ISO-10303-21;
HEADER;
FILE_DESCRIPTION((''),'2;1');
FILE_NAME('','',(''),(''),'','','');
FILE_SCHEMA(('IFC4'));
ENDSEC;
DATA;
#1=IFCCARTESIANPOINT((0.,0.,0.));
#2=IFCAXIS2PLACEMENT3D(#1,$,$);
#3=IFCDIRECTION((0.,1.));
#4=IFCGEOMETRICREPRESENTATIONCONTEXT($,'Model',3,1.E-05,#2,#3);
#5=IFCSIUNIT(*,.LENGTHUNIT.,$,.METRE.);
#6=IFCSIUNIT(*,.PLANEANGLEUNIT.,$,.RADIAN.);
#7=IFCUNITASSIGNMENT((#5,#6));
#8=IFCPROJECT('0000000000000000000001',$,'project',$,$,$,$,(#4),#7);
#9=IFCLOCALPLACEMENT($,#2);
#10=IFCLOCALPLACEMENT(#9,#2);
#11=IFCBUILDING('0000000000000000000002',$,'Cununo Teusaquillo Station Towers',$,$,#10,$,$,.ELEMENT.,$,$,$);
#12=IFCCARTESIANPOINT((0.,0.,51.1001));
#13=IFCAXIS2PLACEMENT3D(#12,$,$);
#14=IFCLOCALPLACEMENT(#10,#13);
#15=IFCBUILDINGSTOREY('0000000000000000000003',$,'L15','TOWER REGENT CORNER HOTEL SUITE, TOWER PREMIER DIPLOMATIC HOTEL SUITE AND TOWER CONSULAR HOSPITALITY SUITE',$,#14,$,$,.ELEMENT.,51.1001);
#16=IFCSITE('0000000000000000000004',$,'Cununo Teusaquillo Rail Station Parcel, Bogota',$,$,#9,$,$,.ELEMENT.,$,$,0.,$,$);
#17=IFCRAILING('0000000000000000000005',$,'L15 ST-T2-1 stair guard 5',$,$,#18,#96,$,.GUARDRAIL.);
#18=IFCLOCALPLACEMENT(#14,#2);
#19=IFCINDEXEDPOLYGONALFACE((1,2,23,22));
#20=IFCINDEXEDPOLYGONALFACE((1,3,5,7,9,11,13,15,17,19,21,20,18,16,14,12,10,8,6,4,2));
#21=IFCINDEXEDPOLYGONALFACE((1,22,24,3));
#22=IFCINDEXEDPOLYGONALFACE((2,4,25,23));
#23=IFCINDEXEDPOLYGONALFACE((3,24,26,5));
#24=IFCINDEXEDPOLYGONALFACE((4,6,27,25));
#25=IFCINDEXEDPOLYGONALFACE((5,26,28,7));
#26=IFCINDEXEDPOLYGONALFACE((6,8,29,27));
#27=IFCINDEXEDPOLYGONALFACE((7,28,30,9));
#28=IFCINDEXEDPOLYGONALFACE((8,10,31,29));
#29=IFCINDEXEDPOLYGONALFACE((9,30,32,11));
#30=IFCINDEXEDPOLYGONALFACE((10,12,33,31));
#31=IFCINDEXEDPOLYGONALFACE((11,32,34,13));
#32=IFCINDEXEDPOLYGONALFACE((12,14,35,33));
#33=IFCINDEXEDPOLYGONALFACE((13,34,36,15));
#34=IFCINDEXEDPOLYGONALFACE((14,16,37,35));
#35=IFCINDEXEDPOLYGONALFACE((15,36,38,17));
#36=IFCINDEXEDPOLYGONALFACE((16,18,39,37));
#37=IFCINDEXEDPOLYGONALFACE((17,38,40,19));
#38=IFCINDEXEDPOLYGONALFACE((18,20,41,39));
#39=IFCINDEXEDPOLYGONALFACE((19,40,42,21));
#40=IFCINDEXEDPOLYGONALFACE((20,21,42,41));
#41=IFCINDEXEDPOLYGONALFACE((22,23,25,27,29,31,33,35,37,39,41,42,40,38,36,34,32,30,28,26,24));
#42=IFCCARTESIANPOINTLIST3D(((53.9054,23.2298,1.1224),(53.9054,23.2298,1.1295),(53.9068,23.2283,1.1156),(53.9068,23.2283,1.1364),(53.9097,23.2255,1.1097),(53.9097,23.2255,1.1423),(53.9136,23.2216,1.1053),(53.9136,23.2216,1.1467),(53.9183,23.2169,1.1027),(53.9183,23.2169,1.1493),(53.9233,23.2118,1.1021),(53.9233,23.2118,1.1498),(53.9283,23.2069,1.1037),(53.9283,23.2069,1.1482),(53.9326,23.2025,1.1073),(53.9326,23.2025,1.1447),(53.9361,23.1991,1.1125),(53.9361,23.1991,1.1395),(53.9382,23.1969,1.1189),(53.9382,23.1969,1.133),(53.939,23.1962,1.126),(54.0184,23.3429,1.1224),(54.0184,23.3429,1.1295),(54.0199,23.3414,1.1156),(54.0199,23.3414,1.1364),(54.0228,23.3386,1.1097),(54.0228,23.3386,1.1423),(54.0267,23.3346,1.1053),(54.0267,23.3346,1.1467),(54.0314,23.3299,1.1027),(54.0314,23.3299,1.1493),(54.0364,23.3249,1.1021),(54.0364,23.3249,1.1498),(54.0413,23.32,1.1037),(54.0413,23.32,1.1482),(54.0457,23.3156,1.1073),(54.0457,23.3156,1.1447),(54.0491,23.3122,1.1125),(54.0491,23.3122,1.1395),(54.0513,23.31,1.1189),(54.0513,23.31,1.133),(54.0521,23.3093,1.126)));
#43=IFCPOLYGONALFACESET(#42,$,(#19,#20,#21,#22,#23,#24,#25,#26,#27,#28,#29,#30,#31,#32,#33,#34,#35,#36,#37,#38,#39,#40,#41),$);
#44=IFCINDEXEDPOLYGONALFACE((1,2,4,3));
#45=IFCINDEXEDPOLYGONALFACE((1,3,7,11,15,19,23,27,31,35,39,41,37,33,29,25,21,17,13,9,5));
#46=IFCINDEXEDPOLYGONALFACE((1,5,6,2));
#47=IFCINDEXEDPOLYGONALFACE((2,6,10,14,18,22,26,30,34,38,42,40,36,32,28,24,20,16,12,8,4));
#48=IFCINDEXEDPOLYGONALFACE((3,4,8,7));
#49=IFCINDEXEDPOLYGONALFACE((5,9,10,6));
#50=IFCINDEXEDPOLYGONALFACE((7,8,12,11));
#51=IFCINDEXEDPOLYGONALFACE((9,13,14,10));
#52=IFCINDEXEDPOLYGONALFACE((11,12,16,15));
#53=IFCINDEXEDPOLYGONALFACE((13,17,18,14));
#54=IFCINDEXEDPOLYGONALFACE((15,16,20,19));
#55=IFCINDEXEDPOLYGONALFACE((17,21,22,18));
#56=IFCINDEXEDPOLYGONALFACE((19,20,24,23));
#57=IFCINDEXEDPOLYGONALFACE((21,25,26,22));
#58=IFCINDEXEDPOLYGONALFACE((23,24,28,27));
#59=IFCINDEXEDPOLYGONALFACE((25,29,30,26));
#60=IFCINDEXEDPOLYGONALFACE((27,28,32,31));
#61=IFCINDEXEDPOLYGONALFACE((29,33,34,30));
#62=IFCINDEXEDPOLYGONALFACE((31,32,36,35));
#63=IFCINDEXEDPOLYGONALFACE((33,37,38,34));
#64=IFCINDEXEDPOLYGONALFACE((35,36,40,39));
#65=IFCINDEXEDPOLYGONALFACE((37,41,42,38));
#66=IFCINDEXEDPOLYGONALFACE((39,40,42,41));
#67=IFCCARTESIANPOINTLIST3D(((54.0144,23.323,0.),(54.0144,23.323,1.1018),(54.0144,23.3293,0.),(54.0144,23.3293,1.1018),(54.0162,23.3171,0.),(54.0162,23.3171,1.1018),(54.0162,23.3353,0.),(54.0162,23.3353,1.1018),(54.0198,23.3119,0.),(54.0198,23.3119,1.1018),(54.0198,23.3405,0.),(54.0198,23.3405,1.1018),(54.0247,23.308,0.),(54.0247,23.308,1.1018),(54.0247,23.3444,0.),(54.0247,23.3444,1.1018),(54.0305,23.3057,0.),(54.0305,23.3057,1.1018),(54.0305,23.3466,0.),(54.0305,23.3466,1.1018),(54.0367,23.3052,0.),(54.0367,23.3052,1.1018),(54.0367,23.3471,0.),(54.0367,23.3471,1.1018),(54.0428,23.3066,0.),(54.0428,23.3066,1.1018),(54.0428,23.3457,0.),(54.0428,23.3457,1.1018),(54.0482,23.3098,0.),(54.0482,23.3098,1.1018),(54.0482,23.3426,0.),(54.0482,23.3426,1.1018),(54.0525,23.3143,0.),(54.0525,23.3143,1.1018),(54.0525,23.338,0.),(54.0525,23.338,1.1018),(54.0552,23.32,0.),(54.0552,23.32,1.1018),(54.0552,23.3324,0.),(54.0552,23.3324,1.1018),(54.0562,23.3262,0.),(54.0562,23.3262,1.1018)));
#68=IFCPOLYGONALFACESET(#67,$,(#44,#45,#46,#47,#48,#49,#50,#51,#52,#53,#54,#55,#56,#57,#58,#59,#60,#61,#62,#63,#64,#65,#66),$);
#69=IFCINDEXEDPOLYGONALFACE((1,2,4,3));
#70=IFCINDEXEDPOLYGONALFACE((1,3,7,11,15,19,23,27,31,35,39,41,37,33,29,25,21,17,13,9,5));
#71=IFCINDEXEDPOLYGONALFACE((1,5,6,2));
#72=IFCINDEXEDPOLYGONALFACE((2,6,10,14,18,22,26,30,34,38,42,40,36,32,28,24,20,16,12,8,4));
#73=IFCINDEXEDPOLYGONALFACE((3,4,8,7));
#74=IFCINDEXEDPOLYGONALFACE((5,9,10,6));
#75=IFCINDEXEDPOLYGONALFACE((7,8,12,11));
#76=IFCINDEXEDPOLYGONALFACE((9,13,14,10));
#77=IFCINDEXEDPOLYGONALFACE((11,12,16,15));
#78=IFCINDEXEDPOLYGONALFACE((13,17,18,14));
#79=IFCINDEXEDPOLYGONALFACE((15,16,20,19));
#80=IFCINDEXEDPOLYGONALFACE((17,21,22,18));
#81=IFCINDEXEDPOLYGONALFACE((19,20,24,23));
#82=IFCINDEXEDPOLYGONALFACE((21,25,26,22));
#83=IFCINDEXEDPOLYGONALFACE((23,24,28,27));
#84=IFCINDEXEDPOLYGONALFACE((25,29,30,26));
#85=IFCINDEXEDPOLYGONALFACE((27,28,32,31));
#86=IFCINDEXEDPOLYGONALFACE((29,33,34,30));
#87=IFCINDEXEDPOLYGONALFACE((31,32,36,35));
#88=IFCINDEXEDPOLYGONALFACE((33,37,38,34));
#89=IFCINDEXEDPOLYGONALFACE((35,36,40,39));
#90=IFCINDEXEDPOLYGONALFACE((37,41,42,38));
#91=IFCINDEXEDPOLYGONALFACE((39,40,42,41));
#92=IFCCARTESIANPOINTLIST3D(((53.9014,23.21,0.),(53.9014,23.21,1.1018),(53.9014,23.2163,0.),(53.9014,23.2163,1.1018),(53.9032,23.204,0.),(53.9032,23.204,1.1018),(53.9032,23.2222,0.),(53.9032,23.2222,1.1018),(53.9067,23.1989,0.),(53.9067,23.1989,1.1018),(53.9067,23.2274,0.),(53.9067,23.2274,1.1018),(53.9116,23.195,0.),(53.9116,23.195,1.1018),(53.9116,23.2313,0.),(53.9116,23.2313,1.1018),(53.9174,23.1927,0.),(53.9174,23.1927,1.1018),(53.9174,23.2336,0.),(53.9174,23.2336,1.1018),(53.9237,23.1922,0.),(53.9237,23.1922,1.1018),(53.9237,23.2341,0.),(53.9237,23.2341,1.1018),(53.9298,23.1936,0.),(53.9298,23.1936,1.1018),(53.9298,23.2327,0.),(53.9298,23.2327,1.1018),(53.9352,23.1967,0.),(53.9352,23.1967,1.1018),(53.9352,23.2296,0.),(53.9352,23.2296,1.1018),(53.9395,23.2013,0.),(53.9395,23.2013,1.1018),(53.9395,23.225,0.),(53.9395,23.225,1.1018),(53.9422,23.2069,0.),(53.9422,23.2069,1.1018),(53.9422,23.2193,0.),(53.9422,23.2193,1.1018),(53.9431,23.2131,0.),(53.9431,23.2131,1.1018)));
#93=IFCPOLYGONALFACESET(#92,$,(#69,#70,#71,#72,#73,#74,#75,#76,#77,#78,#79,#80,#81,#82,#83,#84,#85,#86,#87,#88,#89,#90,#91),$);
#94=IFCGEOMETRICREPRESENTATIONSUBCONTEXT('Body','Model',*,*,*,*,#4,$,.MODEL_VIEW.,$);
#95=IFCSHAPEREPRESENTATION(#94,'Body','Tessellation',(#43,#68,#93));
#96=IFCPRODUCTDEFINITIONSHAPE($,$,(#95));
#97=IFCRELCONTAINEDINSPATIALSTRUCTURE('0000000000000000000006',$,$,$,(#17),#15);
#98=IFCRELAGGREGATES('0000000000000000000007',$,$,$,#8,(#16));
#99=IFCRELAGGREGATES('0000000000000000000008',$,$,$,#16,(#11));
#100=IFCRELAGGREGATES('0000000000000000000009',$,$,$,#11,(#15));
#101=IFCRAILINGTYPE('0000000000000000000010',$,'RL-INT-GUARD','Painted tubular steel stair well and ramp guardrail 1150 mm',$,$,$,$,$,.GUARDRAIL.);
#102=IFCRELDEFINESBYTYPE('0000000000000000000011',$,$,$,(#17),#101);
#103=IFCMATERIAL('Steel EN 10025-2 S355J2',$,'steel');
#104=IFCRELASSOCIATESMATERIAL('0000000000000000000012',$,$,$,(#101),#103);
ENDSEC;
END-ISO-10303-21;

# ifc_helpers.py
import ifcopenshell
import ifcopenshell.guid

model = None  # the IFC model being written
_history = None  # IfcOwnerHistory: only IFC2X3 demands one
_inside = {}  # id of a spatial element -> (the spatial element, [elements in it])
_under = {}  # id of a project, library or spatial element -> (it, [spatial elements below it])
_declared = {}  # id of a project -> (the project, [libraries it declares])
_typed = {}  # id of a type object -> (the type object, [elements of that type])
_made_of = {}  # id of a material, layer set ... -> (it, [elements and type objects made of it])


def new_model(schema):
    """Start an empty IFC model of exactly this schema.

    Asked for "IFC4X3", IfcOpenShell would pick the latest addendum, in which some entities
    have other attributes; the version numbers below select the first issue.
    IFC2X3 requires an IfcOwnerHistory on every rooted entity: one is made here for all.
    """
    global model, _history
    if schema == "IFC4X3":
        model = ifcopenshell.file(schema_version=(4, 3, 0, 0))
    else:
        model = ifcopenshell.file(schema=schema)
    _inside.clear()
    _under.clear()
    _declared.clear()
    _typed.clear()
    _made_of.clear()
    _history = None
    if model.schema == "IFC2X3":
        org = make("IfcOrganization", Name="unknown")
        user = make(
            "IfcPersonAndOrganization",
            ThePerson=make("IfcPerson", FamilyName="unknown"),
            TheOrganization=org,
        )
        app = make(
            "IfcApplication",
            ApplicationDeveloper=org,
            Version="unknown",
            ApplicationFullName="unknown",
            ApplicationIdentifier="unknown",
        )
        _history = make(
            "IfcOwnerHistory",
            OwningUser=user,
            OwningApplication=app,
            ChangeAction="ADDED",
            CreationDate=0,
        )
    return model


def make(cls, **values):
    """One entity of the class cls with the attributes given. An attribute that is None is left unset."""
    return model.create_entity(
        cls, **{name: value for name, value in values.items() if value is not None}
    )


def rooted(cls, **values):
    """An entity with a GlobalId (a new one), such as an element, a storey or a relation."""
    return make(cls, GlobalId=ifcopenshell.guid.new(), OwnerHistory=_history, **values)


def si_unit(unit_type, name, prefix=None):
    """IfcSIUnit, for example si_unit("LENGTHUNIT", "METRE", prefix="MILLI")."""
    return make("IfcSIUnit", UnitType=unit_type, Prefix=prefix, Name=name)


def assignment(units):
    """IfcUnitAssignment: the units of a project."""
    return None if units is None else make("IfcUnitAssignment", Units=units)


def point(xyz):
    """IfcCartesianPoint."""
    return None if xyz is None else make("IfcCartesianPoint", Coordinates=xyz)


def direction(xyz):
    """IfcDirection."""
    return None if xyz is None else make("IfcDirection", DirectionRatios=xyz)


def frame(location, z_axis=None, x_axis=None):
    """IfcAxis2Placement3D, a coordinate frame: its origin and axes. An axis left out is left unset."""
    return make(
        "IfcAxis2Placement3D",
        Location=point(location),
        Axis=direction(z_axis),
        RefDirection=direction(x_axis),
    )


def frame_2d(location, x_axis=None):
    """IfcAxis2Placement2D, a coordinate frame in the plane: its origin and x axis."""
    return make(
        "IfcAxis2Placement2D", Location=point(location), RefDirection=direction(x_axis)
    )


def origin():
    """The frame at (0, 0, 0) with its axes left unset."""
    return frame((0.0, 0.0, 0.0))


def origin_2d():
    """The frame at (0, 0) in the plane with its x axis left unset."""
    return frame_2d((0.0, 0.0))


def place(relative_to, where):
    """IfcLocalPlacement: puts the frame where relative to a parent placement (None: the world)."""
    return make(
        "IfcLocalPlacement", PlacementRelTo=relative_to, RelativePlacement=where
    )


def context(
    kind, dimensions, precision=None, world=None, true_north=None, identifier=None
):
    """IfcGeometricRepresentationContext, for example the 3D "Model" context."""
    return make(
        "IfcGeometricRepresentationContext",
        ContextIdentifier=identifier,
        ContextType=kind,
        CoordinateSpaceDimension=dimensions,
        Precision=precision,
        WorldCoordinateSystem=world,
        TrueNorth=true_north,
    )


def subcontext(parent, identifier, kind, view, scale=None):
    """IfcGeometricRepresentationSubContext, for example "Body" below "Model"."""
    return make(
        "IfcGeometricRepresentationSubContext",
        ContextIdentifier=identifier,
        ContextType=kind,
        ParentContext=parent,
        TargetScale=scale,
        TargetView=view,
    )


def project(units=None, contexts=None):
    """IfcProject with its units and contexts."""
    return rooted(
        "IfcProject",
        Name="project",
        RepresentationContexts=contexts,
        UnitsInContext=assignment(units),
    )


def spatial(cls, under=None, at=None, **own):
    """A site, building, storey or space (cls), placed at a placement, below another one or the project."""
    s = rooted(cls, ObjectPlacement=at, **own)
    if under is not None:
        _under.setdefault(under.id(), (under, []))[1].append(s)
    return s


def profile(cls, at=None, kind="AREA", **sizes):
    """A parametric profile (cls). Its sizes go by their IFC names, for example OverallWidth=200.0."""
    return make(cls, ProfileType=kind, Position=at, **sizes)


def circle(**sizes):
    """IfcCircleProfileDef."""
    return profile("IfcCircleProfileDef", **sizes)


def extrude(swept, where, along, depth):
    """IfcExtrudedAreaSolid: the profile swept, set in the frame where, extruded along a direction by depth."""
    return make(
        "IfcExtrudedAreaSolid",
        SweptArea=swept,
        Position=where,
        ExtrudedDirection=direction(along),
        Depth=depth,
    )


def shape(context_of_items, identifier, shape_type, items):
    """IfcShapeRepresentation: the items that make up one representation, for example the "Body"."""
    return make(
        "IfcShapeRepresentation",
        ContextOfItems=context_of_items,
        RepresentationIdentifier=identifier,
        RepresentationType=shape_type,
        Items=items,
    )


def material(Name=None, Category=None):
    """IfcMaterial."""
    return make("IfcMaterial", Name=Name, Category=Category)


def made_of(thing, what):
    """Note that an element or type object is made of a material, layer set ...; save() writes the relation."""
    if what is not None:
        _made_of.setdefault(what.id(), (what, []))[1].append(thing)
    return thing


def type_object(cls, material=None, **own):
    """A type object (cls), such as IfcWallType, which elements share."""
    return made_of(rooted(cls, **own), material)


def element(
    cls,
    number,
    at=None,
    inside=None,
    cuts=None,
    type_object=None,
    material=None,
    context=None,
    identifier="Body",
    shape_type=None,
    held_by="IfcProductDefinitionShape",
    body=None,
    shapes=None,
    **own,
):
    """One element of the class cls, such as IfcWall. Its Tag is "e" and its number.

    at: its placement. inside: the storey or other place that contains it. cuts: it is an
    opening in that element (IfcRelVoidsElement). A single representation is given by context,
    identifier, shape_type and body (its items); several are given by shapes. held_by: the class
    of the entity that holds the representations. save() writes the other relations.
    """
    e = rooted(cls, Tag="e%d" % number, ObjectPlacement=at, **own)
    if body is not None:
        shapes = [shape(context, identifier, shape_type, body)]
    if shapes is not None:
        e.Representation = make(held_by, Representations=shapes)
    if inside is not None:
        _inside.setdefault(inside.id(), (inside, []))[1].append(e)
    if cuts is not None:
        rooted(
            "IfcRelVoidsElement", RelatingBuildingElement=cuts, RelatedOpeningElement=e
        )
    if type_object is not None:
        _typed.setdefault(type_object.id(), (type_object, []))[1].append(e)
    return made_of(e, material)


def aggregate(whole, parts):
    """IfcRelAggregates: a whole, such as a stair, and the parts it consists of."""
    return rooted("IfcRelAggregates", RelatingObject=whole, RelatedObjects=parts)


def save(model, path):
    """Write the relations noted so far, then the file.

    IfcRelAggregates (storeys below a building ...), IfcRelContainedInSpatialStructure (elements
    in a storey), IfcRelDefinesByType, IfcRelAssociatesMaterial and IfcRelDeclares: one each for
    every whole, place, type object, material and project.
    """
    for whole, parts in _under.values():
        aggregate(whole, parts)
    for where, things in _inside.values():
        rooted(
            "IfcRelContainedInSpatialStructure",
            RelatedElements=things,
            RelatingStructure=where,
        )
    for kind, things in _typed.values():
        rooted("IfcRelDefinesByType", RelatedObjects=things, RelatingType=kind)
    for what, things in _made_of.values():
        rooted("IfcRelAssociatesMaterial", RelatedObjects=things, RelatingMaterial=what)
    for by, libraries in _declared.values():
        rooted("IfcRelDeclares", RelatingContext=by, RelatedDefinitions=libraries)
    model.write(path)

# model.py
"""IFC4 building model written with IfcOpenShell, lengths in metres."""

from ifc_helpers import new_model, si_unit, direction, frame, origin, origin_2d, place, context, subcontext, project, spatial, circle, extrude, material, type_object, element, save


model = new_model("IFC4")

# Units and contexts
model_context = context("Model", 3, precision=1e-05, world=origin(), true_north=direction((0.0, 1.0)))
body_context = subcontext(model_context, "Body", "Model", "MODEL_VIEW")
ifc_project = project(units=[si_unit("LENGTHUNIT", "METRE"), si_unit("PLANEANGLEUNIT", "RADIAN")], contexts=[model_context])

# Site, building, storey
site_placement = place(None, origin())
site = spatial("IfcSite", under=ifc_project, at=site_placement, Name="Cununo Teusaquillo Rail Station Parcel, Bogota", CompositionType="ELEMENT", RefElevation=0.0)
building_placement = place(site_placement, origin())
building = spatial("IfcBuilding", under=site, at=building_placement, Name="Cununo Teusaquillo Station Towers", CompositionType="ELEMENT")
storey_placement = place(building_placement, frame((0.0, 0.0, 51.1001)))
storey = spatial("IfcBuildingStorey", under=building, at=storey_placement, Name="L15", Description="TOWER REGENT CORNER HOTEL SUITE, TOWER PREMIER DIPLOMATIC HOTEL SUITE AND TOWER CONSULAR HOSPITALITY SUITE", CompositionType="ELEMENT", Elevation=51.1001)

# Railing
ifc_material_1 = material(Name="Steel EN 10025-2 S355J2", Category="steel")
railing_type_1 = type_object("IfcRailingType", Name="RL-INT-GUARD", Description="Painted tubular steel stair well and ramp guardrail 1150 mm", PredefinedType="GUARDRAIL", material=ifc_material_1)
railing_1_placement = place(storey_placement, frame((54.0352, 23.3262, 0.0)))
element("IfcRailing", 1, at=railing_1_placement, inside=storey, type_object=railing_type_1, Name="L15 ST-T2-1 stair guard 5", PredefinedType="GUARDRAIL", context=body_context, shape_type="SweptSolid", body=[
    extrude(circle(Radius=0.0239, at=origin_2d()), frame((0.0, 0.0, 1.126), z_axis=(-0.707107, -0.707107, 0.0), x_axis=(0.707107, -0.707107, 0.0)), (0.0, 0.0, 1.0), 0.1599),
    extrude(circle(Radius=0.021, at=origin_2d()), origin(), (0.0, 0.0, 1.0), 1.1018),
    extrude(circle(Radius=0.021, at=origin_2d()), frame((-0.113, -0.113, 0.0)), (0.0, 0.0, 1.0), 1.1018),
])

save(model, "model.ifc")
